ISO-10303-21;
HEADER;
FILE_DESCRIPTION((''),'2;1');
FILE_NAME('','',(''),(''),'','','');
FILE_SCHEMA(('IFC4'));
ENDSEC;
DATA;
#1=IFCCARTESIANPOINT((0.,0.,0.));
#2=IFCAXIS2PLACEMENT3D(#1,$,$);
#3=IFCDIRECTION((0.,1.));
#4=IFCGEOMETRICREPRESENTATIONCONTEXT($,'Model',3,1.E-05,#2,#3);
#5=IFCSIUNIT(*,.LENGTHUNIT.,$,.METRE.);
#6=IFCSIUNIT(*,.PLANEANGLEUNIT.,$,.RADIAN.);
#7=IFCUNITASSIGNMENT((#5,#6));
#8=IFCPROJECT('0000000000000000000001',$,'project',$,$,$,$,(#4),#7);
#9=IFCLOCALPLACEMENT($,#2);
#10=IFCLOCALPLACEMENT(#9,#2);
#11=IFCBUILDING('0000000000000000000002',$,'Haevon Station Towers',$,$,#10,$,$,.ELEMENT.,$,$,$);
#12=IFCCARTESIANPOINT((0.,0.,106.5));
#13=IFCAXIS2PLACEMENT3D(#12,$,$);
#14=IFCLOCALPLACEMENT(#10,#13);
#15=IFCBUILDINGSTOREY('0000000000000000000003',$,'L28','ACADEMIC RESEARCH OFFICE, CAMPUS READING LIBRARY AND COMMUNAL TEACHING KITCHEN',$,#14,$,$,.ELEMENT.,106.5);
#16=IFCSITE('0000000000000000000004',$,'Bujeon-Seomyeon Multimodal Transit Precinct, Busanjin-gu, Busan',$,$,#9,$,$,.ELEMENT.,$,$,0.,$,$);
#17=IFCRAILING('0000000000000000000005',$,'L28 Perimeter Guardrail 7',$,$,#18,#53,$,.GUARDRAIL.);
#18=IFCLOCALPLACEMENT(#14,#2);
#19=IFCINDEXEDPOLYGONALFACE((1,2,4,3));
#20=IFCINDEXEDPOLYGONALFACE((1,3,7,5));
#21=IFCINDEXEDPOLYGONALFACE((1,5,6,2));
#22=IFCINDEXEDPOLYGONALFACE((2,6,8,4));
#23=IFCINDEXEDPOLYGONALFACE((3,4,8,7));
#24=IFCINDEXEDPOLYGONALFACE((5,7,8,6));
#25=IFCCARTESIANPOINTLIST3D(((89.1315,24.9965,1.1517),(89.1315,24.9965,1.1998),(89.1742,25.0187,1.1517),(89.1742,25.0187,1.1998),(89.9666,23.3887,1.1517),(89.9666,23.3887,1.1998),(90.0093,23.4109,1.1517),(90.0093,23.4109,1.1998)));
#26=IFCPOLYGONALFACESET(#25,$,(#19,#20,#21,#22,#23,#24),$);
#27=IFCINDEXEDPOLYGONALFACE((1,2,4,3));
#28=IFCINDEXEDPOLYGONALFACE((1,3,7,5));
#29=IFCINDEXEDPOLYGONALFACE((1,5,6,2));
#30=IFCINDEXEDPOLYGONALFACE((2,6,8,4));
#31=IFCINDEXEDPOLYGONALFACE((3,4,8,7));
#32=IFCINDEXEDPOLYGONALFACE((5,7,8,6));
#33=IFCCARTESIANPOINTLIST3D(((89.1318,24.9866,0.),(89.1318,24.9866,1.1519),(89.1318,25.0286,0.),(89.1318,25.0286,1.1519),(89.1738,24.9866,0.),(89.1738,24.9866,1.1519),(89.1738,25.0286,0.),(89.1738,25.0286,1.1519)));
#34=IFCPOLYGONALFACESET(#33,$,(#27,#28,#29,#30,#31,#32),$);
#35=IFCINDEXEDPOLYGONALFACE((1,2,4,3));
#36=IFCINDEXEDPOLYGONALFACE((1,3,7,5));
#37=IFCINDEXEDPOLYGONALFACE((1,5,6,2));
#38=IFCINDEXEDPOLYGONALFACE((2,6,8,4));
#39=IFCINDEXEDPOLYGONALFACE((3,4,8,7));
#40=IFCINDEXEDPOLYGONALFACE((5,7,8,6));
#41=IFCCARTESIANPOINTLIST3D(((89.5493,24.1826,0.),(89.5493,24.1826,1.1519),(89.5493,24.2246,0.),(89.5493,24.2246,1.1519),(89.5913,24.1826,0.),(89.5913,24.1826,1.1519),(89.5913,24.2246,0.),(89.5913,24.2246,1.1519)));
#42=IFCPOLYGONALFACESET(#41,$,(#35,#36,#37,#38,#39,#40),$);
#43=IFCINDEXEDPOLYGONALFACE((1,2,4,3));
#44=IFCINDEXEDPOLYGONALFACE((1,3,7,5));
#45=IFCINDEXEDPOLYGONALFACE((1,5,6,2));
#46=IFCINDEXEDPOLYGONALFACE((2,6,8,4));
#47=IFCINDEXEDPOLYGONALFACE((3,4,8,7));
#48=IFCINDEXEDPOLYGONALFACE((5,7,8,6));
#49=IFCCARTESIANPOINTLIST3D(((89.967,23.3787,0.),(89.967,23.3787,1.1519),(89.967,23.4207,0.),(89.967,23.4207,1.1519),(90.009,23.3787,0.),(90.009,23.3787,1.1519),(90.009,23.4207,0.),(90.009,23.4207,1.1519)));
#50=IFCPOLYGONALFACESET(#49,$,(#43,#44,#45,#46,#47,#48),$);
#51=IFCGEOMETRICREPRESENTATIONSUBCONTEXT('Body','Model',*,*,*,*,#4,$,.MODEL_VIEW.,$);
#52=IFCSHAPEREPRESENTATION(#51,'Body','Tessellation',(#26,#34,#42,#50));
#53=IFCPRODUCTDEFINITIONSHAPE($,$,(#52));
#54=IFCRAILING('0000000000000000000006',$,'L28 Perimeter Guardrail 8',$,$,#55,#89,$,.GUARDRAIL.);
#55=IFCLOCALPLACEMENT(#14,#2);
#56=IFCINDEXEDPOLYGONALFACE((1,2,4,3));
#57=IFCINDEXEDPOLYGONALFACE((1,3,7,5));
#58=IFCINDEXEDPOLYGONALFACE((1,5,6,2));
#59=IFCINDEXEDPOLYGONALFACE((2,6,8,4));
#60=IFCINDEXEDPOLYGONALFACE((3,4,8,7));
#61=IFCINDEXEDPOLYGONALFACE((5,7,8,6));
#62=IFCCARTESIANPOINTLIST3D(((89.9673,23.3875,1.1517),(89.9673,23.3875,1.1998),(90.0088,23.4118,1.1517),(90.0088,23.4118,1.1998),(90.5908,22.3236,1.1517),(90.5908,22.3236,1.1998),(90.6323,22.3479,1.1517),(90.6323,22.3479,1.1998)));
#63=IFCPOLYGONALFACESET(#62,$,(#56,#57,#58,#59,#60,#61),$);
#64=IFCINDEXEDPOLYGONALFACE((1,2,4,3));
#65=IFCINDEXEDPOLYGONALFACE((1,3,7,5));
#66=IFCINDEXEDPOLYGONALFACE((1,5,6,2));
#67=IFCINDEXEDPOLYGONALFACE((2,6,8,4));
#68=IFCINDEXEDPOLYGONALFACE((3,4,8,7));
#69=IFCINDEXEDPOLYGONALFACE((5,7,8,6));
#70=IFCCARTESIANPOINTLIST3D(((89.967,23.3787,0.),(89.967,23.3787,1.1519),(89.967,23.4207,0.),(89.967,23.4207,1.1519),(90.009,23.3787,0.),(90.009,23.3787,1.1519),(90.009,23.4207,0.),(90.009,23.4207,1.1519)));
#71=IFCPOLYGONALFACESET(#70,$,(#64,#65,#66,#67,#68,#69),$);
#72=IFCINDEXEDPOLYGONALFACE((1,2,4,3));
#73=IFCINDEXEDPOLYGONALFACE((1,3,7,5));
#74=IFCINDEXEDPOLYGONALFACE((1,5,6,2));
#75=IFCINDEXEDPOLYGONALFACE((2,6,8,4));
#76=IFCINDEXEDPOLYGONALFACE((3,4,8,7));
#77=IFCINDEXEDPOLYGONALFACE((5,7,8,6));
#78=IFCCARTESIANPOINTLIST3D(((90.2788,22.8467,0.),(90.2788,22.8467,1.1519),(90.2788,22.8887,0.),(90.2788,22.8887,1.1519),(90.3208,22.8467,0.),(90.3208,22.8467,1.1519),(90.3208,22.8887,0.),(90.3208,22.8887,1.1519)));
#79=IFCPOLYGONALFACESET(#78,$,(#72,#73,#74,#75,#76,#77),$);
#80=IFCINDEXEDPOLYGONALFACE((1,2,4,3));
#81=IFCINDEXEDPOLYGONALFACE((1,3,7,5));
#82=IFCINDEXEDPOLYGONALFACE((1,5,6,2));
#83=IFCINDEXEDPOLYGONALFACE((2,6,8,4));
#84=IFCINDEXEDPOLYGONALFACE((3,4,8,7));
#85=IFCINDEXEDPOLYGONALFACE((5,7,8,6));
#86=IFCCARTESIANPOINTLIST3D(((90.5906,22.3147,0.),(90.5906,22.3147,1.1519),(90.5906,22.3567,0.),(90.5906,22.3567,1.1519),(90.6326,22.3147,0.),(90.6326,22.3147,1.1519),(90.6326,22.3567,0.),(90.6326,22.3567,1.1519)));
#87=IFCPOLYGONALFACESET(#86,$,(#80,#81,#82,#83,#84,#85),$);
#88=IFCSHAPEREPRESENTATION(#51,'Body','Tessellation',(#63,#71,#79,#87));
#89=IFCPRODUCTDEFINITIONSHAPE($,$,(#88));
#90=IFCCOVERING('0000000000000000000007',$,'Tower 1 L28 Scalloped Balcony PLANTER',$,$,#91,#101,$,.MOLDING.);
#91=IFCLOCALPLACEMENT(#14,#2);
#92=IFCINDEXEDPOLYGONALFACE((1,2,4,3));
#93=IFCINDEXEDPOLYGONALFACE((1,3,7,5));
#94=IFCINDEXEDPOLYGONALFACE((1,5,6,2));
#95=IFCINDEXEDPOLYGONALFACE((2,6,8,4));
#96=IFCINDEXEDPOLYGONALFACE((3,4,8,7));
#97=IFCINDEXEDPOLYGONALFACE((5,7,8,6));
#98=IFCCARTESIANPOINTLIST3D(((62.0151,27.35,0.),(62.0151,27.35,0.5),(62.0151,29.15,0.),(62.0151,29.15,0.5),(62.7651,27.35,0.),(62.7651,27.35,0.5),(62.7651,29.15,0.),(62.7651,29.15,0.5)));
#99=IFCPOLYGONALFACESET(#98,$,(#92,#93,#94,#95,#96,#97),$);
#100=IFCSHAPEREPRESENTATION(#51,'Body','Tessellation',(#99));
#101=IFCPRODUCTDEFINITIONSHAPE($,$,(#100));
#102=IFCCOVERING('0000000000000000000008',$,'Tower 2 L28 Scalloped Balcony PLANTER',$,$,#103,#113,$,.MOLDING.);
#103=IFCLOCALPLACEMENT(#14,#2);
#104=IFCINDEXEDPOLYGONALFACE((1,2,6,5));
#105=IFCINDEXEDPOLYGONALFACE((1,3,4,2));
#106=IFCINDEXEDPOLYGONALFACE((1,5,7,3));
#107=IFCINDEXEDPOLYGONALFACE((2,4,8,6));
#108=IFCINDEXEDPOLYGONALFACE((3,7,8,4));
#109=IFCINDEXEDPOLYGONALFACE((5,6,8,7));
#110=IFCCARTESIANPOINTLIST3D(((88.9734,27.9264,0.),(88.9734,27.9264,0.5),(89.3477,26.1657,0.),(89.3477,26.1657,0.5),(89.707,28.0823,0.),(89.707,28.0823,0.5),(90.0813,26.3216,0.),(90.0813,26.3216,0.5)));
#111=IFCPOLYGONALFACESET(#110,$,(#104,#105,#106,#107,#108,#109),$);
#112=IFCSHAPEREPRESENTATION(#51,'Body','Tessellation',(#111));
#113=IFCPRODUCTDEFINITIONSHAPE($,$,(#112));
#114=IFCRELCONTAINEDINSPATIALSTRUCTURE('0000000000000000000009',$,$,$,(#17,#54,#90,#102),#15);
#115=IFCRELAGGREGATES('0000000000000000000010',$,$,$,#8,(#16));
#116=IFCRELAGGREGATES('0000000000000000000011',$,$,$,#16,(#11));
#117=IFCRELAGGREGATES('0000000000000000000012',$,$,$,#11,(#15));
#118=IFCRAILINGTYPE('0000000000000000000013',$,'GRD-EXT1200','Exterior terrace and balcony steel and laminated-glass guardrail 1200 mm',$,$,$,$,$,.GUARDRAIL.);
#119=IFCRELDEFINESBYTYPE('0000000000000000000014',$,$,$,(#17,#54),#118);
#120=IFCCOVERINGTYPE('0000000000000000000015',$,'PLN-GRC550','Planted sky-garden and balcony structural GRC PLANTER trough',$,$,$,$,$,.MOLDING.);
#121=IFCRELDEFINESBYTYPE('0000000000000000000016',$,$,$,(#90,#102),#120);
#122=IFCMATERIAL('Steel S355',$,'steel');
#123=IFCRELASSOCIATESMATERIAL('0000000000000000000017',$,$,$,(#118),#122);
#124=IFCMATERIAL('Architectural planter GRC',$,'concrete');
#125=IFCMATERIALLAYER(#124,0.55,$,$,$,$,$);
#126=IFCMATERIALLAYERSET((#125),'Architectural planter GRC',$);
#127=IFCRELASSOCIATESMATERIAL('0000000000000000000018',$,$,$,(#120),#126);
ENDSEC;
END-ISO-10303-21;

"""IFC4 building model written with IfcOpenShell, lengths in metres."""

from ifc_helpers import new_model, si_unit, direction, frame, origin, origin_2d, place, context, subcontext, project, spatial, rectangle, extrude, material, layer, layer_set, type_object, element, save


model = new_model("IFC4")

# Units and contexts
model_context = context("Model", 3, precision=1e-05, world=origin(), true_north=direction((0.0, 1.0)))
body_context = subcontext(model_context, "Body", "Model", "MODEL_VIEW")
ifc_project = project(units=[si_unit("LENGTHUNIT", "METRE"), si_unit("PLANEANGLEUNIT", "RADIAN")], contexts=[model_context])

# Site, building, storey
site_placement = place(None, origin())
site = spatial("IfcSite", under=ifc_project, at=site_placement, Name="Bujeon-Seomyeon Multimodal Transit Precinct, Busanjin-gu, Busan", CompositionType="ELEMENT", RefElevation=0.0)
building_placement = place(site_placement, origin())
building = spatial("IfcBuilding", under=site, at=building_placement, Name="Haevon Station Towers", CompositionType="ELEMENT")
storey_placement = place(building_placement, frame((0.0, 0.0, 106.5)))
storey = spatial("IfcBuildingStorey", under=building, at=storey_placement, Name="L28", Description="ACADEMIC RESEARCH OFFICE, CAMPUS READING LIBRARY AND COMMUNAL TEACHING KITCHEN", CompositionType="ELEMENT", Elevation=106.5)

# Shared definitions
ifc_material_1 = material(Name="Steel S355", Category="steel")

# Railings
railing_type = type_object("IfcRailingType", Name="GRD-EXT1200", Description="Exterior terrace and balcony steel and laminated-glass guardrail 1200 mm", PredefinedType="GUARDRAIL", material=ifc_material_1)
railing_1_placement = place(storey_placement, frame((89.1528, 25.0076, 0.0)))
element("IfcRailing", 1, at=railing_1_placement, inside=storey, type_object=railing_type, Name="L28 Perimeter Guardrail 7", PredefinedType="GUARDRAIL", context=body_context, shape_type="SweptSolid", body=[
    extrude(rectangle(XDim=0.0481, YDim=0.0481, at=origin_2d()), frame((0.0, 0.0, 1.1758), z_axis=(0.460958, -0.887422, 0.0), x_axis=(0.887422, 0.460958, 0.0)), (0.0, 0.0, 1.0), 1.8118),
    extrude(rectangle(XDim=0.042, YDim=0.042, at=origin_2d()), origin(), (0.0, 0.0, 1.0), 1.1519),
    extrude(rectangle(XDim=0.042, YDim=0.042, at=origin_2d()), frame((0.4175, -0.804, 0.0)), (0.0, 0.0, 1.0), 1.1519),
    extrude(rectangle(XDim=0.042, YDim=0.042, at=origin_2d()), frame((0.8352, -1.6079, 0.0)), (0.0, 0.0, 1.0), 1.1519),
])
railing_2_placement = place(storey_placement, frame((89.988, 23.3997, 0.0)))
element("IfcRailing", 2, at=railing_2_placement, inside=storey, type_object=railing_type, Name="L28 Perimeter Guardrail 8", PredefinedType="GUARDRAIL", context=body_context, shape_type="SweptSolid", body=[
    extrude(rectangle(XDim=0.0481, YDim=0.0481, at=origin_2d()), frame((0.0, 0.0, 1.1758), z_axis=(0.505618, -0.862758, 0.0), x_axis=(0.862758, 0.505618, 0.0)), (0.0, 0.0, 1.0), 1.2332),
    extrude(rectangle(XDim=0.042, YDim=0.042, at=origin_2d()), origin(), (0.0, 0.0, 1.0), 1.1519),
    extrude(rectangle(XDim=0.042, YDim=0.042, at=origin_2d()), frame((0.3118, -0.532, 0.0)), (0.0, 0.0, 1.0), 1.1519),
    extrude(rectangle(XDim=0.042, YDim=0.042, at=origin_2d()), frame((0.6235, -1.064, 0.0)), (0.0, 0.0, 1.0), 1.1519),
])

# Coverings
ifc_material_2 = material(Name="Architectural planter GRC", Category="concrete")
ifc_layer_1 = layer(ifc_material_2, 0.55)
ifc_layer_set_1 = layer_set([ifc_layer_1], Name="Architectural planter GRC")
covering_type = type_object("IfcCoveringType", Name="PLN-GRC550", Description="Planted sky-garden and balcony structural GRC PLANTER trough", PredefinedType="MOLDING", material=ifc_layer_set_1)
for number, where, z_axis, x_axis, name in (
    (3, (62.3901, 28.25, 0.0), (0.0, 0.0, 1.0), (1.0, 0.0, 0.0), "Tower 1 L28 Scalloped Balcony PLANTER"),
    (4, (89.5273, 27.124, 0.0), (0.0, 0.0, 1.0), (0.978148, 0.207912, 0.0), "Tower 2 L28 Scalloped Balcony PLANTER"),
):
    element("IfcCovering", number, at=place(storey_placement, frame(where, z_axis=z_axis, x_axis=x_axis)), inside=storey, type_object=covering_type, Name=name, PredefinedType="MOLDING", context=body_context, shape_type="SweptSolid", body=[
        extrude(rectangle(XDim=0.75, YDim=1.8, at=origin_2d()), origin(), (0.0, 0.0, 1.0), 0.5),
    ])

save(model, "model.ifc")
